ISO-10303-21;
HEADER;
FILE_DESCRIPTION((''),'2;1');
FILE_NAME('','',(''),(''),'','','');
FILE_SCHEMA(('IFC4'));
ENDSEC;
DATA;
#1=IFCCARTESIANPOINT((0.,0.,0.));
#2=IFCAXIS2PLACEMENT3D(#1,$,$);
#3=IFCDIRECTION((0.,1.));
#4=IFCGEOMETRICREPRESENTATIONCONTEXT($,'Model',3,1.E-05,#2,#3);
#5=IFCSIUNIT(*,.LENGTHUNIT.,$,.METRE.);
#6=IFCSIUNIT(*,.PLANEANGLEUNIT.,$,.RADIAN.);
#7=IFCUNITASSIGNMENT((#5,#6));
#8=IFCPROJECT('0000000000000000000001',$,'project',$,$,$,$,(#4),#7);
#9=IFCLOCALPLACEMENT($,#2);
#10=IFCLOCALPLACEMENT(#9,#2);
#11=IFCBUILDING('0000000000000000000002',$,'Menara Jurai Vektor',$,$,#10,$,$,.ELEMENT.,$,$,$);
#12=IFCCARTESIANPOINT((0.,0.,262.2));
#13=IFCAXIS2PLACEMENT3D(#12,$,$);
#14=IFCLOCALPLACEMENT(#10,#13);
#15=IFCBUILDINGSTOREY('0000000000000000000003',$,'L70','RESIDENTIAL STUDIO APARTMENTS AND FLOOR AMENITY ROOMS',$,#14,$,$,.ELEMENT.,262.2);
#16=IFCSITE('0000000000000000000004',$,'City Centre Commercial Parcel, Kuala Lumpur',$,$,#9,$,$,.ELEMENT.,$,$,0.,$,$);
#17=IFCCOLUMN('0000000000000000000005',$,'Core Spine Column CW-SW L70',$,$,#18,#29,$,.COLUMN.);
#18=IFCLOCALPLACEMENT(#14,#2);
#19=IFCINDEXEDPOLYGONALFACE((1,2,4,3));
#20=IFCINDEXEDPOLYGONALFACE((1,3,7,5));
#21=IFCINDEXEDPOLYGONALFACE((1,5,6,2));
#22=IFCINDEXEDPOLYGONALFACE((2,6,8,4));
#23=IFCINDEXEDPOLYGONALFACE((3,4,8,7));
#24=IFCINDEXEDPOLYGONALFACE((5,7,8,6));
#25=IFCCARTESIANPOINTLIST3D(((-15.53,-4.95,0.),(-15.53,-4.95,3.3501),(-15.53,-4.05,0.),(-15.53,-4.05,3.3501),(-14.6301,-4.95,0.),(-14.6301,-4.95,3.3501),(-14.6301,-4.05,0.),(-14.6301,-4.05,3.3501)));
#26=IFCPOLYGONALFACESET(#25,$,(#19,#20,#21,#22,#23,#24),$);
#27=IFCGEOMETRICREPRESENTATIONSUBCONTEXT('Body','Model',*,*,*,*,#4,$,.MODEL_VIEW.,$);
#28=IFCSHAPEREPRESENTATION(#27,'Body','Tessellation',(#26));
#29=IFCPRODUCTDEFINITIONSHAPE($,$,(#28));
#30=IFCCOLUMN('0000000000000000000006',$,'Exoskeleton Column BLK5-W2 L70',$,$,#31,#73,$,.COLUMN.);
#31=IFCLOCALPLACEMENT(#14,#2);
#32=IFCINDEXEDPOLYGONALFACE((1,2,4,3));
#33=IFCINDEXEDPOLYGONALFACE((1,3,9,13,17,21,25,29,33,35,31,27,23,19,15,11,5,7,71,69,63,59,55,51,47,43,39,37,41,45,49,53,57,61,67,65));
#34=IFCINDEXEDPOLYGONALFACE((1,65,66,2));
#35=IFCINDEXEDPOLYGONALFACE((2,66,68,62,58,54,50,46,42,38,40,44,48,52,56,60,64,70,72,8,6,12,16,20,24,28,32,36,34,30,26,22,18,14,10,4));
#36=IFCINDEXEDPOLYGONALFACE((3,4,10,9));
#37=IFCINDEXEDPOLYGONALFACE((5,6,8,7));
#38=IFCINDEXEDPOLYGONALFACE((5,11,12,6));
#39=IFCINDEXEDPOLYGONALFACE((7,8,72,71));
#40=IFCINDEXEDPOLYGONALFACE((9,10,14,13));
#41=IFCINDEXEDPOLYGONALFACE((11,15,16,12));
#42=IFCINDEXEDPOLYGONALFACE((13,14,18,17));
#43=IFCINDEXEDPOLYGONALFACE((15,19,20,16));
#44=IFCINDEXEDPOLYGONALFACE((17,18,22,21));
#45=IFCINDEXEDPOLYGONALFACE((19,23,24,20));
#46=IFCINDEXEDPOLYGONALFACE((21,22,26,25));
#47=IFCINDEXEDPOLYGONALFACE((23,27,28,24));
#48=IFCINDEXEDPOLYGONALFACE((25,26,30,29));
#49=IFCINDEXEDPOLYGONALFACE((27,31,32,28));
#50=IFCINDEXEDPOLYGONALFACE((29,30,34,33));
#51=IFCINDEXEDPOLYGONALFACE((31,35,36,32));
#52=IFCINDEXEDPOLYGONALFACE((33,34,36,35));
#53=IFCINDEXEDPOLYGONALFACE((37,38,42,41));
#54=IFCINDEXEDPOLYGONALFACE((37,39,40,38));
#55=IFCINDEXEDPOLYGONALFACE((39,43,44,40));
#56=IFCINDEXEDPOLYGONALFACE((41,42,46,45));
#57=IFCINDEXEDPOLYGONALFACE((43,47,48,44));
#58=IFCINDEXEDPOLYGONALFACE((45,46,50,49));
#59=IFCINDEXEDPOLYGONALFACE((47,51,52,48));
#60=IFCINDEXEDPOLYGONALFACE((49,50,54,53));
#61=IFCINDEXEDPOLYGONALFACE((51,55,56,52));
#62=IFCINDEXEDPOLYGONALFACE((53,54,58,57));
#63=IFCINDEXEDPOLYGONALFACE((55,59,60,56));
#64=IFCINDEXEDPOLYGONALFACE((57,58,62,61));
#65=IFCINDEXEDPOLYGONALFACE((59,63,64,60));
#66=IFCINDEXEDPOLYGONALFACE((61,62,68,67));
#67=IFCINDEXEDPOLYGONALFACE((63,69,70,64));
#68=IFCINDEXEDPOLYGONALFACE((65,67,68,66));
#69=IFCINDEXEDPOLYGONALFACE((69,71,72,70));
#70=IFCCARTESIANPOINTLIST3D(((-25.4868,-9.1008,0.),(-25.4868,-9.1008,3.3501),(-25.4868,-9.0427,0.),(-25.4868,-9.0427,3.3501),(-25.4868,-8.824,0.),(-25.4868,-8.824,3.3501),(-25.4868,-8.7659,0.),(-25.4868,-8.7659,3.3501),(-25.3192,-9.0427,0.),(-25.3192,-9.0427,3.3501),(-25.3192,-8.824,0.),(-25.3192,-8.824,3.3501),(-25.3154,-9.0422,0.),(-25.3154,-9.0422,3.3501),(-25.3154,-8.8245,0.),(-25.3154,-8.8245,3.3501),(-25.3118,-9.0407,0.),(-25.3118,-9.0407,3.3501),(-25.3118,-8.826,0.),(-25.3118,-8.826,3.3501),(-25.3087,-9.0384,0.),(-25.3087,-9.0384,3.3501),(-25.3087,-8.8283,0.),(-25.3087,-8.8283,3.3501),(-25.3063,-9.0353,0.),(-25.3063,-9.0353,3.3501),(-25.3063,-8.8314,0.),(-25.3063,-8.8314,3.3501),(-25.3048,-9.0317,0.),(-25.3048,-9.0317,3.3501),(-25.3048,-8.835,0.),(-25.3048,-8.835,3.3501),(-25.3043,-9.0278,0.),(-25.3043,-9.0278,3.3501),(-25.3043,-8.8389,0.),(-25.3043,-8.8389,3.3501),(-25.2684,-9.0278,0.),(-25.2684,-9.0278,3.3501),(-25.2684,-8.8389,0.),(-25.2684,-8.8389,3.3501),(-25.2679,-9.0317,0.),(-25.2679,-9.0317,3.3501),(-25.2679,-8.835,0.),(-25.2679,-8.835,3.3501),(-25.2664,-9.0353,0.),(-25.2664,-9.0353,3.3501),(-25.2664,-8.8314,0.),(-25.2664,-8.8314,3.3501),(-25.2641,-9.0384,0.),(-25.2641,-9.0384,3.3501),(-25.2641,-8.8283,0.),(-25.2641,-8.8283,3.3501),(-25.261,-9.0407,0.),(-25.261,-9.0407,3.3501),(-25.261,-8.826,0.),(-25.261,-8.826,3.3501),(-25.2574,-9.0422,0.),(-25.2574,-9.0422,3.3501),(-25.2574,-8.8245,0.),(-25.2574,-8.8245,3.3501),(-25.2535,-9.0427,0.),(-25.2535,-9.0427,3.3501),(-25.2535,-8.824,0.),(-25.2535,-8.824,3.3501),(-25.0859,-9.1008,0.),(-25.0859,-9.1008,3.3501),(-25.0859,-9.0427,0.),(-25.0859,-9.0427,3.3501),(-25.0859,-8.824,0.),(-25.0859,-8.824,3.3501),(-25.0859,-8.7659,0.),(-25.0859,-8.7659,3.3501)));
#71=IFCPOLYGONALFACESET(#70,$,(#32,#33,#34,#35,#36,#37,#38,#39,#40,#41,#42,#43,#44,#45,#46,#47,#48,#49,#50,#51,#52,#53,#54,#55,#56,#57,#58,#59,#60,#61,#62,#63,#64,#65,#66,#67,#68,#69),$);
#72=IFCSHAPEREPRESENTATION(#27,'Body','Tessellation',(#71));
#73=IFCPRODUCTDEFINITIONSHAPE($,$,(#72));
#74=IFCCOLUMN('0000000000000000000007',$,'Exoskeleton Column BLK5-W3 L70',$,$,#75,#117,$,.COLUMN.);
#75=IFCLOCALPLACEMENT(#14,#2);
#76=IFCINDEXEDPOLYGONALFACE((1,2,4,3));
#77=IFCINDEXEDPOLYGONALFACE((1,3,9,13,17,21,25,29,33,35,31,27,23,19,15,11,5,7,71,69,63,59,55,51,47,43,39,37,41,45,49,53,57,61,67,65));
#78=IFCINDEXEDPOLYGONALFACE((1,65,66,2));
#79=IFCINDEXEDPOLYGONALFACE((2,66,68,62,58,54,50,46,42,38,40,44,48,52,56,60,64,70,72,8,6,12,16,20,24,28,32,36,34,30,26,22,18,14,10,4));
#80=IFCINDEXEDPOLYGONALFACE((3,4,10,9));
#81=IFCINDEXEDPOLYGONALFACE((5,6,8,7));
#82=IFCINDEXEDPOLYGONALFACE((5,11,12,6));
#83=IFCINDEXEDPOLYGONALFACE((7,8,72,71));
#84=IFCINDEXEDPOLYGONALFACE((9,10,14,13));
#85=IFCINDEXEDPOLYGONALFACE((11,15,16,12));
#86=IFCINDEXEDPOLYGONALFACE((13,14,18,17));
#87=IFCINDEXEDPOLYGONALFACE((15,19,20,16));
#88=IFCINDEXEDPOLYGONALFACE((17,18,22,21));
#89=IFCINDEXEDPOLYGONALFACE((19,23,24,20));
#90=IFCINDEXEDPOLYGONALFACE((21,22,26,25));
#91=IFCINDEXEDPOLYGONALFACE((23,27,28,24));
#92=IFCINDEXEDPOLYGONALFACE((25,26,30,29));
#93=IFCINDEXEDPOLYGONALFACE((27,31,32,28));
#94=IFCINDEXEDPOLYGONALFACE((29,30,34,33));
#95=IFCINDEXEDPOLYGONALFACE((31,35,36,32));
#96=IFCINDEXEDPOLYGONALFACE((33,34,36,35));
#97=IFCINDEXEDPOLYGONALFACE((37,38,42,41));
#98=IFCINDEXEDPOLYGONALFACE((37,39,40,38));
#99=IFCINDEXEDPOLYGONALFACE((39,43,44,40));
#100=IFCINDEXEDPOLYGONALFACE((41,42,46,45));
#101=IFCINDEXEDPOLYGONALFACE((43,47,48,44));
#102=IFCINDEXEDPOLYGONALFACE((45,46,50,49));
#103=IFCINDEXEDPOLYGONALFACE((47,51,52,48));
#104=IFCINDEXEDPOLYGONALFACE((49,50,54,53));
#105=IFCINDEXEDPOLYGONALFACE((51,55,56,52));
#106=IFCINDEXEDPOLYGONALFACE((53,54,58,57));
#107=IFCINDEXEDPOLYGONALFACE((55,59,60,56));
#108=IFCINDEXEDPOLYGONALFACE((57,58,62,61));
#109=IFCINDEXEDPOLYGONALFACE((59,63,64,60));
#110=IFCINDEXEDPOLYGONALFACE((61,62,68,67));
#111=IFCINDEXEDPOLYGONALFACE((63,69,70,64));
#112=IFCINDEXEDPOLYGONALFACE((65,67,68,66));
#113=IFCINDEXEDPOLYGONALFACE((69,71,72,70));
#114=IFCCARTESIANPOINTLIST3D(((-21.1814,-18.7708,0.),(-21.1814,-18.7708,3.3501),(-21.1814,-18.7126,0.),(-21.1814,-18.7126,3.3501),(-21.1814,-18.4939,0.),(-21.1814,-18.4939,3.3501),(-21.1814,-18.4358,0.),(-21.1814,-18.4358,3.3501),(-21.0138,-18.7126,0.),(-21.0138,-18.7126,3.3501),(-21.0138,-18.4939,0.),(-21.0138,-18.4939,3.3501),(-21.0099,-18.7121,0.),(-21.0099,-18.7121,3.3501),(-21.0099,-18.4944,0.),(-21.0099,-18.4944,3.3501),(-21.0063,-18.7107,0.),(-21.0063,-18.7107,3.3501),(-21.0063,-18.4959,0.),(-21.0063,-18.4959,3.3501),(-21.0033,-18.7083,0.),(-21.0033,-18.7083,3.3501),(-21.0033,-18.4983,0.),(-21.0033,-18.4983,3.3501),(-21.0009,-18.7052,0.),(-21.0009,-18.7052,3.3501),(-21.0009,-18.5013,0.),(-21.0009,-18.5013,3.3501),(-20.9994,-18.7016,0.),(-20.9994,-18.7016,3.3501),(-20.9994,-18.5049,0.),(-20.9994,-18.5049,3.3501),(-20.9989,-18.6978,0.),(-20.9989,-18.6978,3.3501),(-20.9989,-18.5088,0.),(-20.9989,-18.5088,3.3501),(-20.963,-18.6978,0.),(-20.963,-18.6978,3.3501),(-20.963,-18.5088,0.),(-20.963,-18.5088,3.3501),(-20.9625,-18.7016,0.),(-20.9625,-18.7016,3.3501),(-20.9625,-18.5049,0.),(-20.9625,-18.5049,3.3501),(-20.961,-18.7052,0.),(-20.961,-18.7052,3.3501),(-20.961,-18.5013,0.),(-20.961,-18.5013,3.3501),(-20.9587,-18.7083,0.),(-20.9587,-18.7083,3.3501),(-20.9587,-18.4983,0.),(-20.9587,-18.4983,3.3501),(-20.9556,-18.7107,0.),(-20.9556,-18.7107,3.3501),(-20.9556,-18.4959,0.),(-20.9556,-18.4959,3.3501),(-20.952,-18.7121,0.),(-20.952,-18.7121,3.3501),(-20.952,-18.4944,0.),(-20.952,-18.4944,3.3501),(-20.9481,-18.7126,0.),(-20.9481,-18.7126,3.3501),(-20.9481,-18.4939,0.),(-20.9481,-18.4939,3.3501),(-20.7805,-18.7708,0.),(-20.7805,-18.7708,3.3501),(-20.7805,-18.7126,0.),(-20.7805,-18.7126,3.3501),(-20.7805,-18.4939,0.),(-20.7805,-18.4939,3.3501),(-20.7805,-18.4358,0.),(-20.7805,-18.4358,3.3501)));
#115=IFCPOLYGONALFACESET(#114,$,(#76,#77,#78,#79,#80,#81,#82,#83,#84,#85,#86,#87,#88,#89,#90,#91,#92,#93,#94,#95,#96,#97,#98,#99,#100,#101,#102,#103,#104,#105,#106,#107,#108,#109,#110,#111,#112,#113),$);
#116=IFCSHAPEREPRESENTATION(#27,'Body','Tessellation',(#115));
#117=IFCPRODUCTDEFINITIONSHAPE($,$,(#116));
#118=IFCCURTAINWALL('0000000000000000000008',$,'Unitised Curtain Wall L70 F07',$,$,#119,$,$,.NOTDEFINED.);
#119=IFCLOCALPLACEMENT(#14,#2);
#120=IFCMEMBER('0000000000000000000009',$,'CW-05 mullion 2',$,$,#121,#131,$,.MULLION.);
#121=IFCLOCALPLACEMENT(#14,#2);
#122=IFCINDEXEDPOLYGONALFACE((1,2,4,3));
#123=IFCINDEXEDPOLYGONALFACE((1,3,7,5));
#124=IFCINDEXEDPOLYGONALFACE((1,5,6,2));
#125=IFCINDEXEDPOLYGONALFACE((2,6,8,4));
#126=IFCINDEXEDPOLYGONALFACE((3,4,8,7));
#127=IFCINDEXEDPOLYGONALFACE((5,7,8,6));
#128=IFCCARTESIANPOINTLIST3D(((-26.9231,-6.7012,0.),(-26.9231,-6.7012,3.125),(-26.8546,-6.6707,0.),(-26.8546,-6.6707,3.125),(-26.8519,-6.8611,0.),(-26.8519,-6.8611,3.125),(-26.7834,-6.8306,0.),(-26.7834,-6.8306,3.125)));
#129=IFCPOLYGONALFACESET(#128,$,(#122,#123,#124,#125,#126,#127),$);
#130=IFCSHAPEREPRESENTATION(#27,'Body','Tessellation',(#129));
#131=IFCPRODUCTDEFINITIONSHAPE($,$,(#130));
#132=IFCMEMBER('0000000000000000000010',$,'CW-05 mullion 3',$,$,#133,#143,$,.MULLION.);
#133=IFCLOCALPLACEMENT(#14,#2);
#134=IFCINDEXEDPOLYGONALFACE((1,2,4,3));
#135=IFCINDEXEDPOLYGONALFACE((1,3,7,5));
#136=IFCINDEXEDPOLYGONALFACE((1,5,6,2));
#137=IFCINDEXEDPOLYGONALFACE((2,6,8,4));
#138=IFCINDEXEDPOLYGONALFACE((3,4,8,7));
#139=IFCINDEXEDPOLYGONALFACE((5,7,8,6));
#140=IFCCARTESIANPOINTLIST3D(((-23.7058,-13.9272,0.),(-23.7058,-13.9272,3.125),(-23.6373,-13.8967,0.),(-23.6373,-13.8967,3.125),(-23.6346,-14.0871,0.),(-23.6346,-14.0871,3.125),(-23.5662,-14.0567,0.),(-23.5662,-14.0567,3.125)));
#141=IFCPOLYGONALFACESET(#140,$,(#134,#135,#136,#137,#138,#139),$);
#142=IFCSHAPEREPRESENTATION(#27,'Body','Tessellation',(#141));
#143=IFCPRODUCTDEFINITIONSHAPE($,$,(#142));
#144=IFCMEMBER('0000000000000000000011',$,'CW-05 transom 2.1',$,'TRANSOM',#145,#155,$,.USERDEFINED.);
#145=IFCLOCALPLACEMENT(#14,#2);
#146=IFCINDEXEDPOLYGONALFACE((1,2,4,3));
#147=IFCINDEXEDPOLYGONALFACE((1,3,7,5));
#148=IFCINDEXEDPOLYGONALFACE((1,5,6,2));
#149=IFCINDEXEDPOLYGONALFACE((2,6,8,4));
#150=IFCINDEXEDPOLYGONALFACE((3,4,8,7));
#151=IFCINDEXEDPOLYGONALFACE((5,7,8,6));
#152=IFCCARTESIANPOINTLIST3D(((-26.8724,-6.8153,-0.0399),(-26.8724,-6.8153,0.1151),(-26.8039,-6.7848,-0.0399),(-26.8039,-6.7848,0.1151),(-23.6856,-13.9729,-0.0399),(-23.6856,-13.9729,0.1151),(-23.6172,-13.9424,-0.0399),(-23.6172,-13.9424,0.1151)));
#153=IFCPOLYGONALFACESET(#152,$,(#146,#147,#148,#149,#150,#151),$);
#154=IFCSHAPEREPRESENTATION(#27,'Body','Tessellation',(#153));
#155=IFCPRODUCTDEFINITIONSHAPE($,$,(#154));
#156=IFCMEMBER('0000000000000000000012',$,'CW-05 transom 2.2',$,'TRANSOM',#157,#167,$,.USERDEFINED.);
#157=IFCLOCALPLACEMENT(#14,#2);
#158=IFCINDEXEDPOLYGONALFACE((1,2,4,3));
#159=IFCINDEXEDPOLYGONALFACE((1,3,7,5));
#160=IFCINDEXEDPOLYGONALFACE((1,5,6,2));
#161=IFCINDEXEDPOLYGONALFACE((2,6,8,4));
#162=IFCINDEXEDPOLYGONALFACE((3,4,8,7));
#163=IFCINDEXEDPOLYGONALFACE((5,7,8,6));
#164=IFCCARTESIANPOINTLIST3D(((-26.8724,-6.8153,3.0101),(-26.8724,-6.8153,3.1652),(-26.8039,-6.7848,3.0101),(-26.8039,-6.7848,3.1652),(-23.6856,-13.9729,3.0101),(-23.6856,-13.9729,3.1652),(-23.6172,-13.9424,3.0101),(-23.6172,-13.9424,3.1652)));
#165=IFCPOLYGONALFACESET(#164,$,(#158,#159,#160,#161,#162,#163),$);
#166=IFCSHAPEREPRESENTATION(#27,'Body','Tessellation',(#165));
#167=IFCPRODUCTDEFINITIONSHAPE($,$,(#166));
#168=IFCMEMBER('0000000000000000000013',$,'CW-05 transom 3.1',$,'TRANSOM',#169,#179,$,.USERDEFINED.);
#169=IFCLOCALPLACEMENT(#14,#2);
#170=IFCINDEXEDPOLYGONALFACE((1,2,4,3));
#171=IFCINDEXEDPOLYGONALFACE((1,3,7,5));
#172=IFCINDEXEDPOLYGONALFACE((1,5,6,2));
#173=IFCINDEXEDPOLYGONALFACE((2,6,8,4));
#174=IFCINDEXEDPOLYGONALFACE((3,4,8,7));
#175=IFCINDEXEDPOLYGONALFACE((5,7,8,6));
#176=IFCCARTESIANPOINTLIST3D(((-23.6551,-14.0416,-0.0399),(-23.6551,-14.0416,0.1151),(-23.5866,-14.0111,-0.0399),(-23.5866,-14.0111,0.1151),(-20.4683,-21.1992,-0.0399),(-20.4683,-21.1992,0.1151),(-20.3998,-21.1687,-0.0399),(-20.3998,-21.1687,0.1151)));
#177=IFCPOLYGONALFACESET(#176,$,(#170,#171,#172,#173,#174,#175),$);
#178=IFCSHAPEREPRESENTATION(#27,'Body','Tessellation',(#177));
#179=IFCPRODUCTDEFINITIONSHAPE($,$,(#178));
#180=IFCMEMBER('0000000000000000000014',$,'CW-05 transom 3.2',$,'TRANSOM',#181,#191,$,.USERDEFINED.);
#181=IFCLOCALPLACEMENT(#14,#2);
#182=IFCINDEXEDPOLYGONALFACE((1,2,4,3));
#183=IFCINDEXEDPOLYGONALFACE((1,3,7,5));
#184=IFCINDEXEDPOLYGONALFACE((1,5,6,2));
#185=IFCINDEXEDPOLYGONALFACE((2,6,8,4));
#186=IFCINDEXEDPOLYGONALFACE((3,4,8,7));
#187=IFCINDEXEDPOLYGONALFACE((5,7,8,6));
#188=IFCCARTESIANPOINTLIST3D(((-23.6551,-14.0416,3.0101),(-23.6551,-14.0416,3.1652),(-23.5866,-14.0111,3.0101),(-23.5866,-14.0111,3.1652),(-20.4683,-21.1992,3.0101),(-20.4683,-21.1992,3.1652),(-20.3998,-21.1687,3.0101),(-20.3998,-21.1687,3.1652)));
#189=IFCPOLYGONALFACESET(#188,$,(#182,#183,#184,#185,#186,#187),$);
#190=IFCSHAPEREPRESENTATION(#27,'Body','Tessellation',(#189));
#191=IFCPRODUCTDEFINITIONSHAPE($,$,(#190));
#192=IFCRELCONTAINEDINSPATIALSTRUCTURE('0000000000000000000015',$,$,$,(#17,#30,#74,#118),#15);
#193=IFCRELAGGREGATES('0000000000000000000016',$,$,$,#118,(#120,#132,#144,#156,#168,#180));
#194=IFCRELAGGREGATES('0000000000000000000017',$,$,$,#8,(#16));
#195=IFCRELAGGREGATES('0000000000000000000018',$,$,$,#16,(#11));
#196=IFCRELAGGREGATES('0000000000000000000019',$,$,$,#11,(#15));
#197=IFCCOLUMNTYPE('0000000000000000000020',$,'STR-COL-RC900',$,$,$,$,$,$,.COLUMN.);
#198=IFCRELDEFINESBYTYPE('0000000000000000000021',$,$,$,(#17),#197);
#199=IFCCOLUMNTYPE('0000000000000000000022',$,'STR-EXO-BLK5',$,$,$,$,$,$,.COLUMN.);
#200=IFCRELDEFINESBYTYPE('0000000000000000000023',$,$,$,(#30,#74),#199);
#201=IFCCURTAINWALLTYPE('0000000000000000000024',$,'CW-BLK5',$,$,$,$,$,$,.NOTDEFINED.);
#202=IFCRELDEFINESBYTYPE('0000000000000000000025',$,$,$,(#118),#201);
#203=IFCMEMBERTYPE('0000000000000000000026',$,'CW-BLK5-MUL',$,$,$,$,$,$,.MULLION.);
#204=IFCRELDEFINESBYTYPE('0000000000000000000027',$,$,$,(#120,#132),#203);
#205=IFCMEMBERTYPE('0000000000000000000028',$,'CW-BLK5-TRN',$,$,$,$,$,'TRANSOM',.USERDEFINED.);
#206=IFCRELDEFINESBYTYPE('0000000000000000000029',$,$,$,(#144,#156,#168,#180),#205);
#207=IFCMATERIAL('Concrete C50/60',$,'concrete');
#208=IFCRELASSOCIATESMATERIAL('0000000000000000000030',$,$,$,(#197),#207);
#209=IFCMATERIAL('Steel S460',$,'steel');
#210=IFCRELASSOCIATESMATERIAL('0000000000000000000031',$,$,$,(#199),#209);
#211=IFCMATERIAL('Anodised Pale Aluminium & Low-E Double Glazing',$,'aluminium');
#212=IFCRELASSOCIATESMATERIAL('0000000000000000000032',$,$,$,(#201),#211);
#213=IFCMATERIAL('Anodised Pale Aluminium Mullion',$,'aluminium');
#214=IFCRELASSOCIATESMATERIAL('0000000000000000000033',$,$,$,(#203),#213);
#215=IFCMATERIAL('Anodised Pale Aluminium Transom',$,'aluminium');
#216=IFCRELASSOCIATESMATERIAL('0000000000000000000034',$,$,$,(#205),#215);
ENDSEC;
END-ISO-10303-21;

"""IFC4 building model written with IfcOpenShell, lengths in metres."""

from ifc_helpers import new_model, si_unit, direction, frame, origin, origin_2d, place, context, subcontext, project, spatial, rectangle, i_section, extrude, material, material_profile, profile_set, type_object, element, aggregate, save


model = new_model("IFC4")

# Units and contexts
model_context = context("Model", 3, precision=1e-05, world=origin(), true_north=direction((0.0, 1.0)))
body_context = subcontext(model_context, "Body", "Model", "MODEL_VIEW")
ifc_project = project(units=[si_unit("LENGTHUNIT", "METRE"), si_unit("PLANEANGLEUNIT", "RADIAN")], contexts=[model_context])

# Site, building, storey
site_placement = place(None, origin())
site = spatial("IfcSite", under=ifc_project, at=site_placement, Name="City Centre Commercial Parcel, Kuala Lumpur", CompositionType="ELEMENT", RefElevation=0.0)
building_placement = place(site_placement, origin())
building = spatial("IfcBuilding", under=site, at=building_placement, Name="Menara Jurai Vektor", CompositionType="ELEMENT")
storey_placement = place(building_placement, frame((0.0, 0.0, 262.2)))
storey = spatial("IfcBuildingStorey", under=building, at=storey_placement, Name="L70", Description="RESIDENTIAL STUDIO APARTMENTS AND FLOOR AMENITY ROOMS", CompositionType="ELEMENT", Elevation=262.2)

# Columns
ifc_material_1 = material(Name="Concrete C50/60", Category="concrete")
ifc_material_profile_1 = material_profile(ifc_material_1, rectangle(XDim=0.8999, YDim=0.8999, at=origin_2d()), Name="RC 900x900")
ifc_profile_set_1 = profile_set([ifc_material_profile_1], Name="Concrete C50/60")
column_type_1 = type_object("IfcColumnType", Name="STR-COL-RC900", PredefinedType="COLUMN", material=ifc_profile_set_1)
column_placement = place(storey_placement, frame((-15.0801, -4.5, 0.0), z_axis=(0.0, 0.0, 1.0), x_axis=(1.0, 0.0, 0.0)))
element("IfcColumn", 1, at=column_placement, inside=storey, type_object=column_type_1, Name="Core Spine Column CW-SW L70", PredefinedType="COLUMN", context=body_context, shape_type="SweptSolid", body=[
    extrude(rectangle(XDim=0.8999, YDim=0.8999, at=origin_2d()), origin(), (0.0, 0.0, 1.0), 3.3501),
])
ifc_material_2 = material(Name="Steel S460", Category="steel")
ifc_material_profile_2 = material_profile(ifc_material_2, i_section(OverallWidth=0.4009, OverallDepth=0.335, WebThickness=0.0359, FlangeThickness=0.0581, FilletRadius=0.0149, at=origin_2d()), Name="HD 400x463")
ifc_profile_set_2 = profile_set([ifc_material_profile_2], Name="Steel S460")
column_type_2 = type_object("IfcColumnType", Name="STR-EXO-BLK5", PredefinedType="COLUMN", material=ifc_profile_set_2)
for number, where, z_axis, x_axis, name in (
    (2, (-25.2864, -8.9333, 0.0), (0.0, 0.0, 1.0), (1.0, 0.0, 0.0), "Exoskeleton Column BLK5-W2 L70"),
    (3, (-20.981, -18.6033, 0.0), (0.0, 0.0, 1.0), (1.0, 0.0, 0.0), "Exoskeleton Column BLK5-W3 L70"),
):
    element("IfcColumn", number, at=place(storey_placement, frame(where, z_axis=z_axis, x_axis=x_axis)), inside=storey, type_object=column_type_2, Name=name, PredefinedType="COLUMN", context=body_context, shape_type="SweptSolid", body=[
        extrude(i_section(OverallWidth=0.4009, OverallDepth=0.335, WebThickness=0.0359, FlangeThickness=0.0581, FilletRadius=0.0149, at=origin_2d()), origin(), (0.0, 0.0, 1.0), 3.3501),
    ])

# Curtain wall, members
ifc_material_3 = material(Name="Anodised Pale Aluminium & Low-E Double Glazing", Category="aluminium")
curtain_wall_type = type_object("IfcCurtainWallType", Name="CW-BLK5", PredefinedType="NOTDEFINED", material=ifc_material_3)
curtain_wall_placement = place(storey_placement, origin())
curtain_wall = element("IfcCurtainWall", 4, at=curtain_wall_placement, inside=storey, type_object=curtain_wall_type, Name="Unitised Curtain Wall L70 F07", PredefinedType="NOTDEFINED")
ifc_material_4 = material(Name="Anodised Pale Aluminium Mullion", Category="aluminium")
ifc_material_profile_3 = material_profile(ifc_material_4, rectangle(XDim=0.075, YDim=0.175, at=origin_2d()), Name="ALU MUL 75x175")
ifc_profile_set_3 = profile_set([ifc_material_profile_3], Name="Anodised Pale Aluminium Mullion")
member_type_1 = type_object("IfcMemberType", Name="CW-BLK5-MUL", PredefinedType="MULLION", material=ifc_profile_set_3)
member_1_placement = place(storey_placement, frame((-26.8533, -6.7659, 0.0), z_axis=(0.0, 0.0, 1.0), x_axis=(0.913546, 0.406735, 0.0)))
member_1 = element("IfcMember", 5, at=member_1_placement, type_object=member_type_1, Name="CW-05 mullion 2", PredefinedType="MULLION", context=body_context, shape_type="SweptSolid", body=[
    extrude(rectangle(XDim=0.075, YDim=0.175, at=origin_2d()), origin(), (0.0, 0.0, 1.0), 3.125),
])
member_2_placement = place(storey_placement, frame((-23.636, -13.9919, 0.0), z_axis=(0.0, 0.0, 1.0), x_axis=(0.913546, 0.406735, 0.0)))
member_2 = element("IfcMember", 6, at=member_2_placement, type_object=member_type_1, Name="CW-05 mullion 3", PredefinedType="MULLION", context=body_context, shape_type="SweptSolid", body=[
    extrude(rectangle(XDim=0.075, YDim=0.175, at=origin_2d()), origin(), (0.0, 0.0, 1.0), 3.125),
])
ifc_material_5 = material(Name="Anodised Pale Aluminium Transom", Category="aluminium")
ifc_material_profile_4 = material_profile(ifc_material_5, rectangle(XDim=0.075, YDim=0.155, at=origin_2d()), Name="ALU TRN 75x155")
ifc_profile_set_4 = profile_set([ifc_material_profile_4], Name="Anodised Pale Aluminium Transom")
member_type_2 = type_object("IfcMemberType", Name="CW-BLK5-TRN", ElementType="TRANSOM", PredefinedType="USERDEFINED", material=ifc_profile_set_4)
member_3_placement = place(storey_placement, frame((-26.8381, -6.8, 0.0376), z_axis=(0.406731, -0.913548, 0.0), x_axis=(0.913548, 0.406731, 0.0)))
member_3 = element("IfcMember", 7, at=member_3_placement, type_object=member_type_2, Name="CW-05 transom 2.1", ObjectType="TRANSOM", PredefinedType="USERDEFINED", context=body_context, shape_type="SweptSolid", body=[
    extrude(rectangle(XDim=0.075, YDim=0.155, at=origin_2d()), origin(), (0.0, 0.0, 1.0), 7.835),
])
member_4_placement = place(storey_placement, frame((-26.8381, -6.8, 3.0876), z_axis=(0.406731, -0.913548, 0.0), x_axis=(0.913548, 0.406731, 0.0)))
member_4 = element("IfcMember", 8, at=member_4_placement, type_object=member_type_2, Name="CW-05 transom 2.2", ObjectType="TRANSOM", PredefinedType="USERDEFINED", context=body_context, shape_type="SweptSolid", body=[
    extrude(rectangle(XDim=0.075, YDim=0.155, at=origin_2d()), origin(), (0.0, 0.0, 1.0), 7.835),
])
member_5_placement = place(storey_placement, frame((-23.6208, -14.0264, 0.0376), z_axis=(0.406743, -0.913543, 0.0), x_axis=(0.913543, 0.406743, 0.0)))
member_5 = element("IfcMember", 9, at=member_5_placement, type_object=member_type_2, Name="CW-05 transom 3.1", ObjectType="TRANSOM", PredefinedType="USERDEFINED", context=body_context, shape_type="SweptSolid", body=[
    extrude(rectangle(XDim=0.075, YDim=0.155, at=origin_2d()), origin(), (0.0, 0.0, 1.0), 7.835),
])
member_6_placement = place(storey_placement, frame((-23.6208, -14.0264, 3.0876), z_axis=(0.406743, -0.913543, 0.0), x_axis=(0.913543, 0.406743, 0.0)))
member_6 = element("IfcMember", 10, at=member_6_placement, type_object=member_type_2, Name="CW-05 transom 3.2", ObjectType="TRANSOM", PredefinedType="USERDEFINED", context=body_context, shape_type="SweptSolid", body=[
    extrude(rectangle(XDim=0.075, YDim=0.155, at=origin_2d()), origin(), (0.0, 0.0, 1.0), 7.835),
])

aggregate(curtain_wall, [member_1, member_2, member_3, member_4, member_5, member_6])

save(model, "model.ifc")
